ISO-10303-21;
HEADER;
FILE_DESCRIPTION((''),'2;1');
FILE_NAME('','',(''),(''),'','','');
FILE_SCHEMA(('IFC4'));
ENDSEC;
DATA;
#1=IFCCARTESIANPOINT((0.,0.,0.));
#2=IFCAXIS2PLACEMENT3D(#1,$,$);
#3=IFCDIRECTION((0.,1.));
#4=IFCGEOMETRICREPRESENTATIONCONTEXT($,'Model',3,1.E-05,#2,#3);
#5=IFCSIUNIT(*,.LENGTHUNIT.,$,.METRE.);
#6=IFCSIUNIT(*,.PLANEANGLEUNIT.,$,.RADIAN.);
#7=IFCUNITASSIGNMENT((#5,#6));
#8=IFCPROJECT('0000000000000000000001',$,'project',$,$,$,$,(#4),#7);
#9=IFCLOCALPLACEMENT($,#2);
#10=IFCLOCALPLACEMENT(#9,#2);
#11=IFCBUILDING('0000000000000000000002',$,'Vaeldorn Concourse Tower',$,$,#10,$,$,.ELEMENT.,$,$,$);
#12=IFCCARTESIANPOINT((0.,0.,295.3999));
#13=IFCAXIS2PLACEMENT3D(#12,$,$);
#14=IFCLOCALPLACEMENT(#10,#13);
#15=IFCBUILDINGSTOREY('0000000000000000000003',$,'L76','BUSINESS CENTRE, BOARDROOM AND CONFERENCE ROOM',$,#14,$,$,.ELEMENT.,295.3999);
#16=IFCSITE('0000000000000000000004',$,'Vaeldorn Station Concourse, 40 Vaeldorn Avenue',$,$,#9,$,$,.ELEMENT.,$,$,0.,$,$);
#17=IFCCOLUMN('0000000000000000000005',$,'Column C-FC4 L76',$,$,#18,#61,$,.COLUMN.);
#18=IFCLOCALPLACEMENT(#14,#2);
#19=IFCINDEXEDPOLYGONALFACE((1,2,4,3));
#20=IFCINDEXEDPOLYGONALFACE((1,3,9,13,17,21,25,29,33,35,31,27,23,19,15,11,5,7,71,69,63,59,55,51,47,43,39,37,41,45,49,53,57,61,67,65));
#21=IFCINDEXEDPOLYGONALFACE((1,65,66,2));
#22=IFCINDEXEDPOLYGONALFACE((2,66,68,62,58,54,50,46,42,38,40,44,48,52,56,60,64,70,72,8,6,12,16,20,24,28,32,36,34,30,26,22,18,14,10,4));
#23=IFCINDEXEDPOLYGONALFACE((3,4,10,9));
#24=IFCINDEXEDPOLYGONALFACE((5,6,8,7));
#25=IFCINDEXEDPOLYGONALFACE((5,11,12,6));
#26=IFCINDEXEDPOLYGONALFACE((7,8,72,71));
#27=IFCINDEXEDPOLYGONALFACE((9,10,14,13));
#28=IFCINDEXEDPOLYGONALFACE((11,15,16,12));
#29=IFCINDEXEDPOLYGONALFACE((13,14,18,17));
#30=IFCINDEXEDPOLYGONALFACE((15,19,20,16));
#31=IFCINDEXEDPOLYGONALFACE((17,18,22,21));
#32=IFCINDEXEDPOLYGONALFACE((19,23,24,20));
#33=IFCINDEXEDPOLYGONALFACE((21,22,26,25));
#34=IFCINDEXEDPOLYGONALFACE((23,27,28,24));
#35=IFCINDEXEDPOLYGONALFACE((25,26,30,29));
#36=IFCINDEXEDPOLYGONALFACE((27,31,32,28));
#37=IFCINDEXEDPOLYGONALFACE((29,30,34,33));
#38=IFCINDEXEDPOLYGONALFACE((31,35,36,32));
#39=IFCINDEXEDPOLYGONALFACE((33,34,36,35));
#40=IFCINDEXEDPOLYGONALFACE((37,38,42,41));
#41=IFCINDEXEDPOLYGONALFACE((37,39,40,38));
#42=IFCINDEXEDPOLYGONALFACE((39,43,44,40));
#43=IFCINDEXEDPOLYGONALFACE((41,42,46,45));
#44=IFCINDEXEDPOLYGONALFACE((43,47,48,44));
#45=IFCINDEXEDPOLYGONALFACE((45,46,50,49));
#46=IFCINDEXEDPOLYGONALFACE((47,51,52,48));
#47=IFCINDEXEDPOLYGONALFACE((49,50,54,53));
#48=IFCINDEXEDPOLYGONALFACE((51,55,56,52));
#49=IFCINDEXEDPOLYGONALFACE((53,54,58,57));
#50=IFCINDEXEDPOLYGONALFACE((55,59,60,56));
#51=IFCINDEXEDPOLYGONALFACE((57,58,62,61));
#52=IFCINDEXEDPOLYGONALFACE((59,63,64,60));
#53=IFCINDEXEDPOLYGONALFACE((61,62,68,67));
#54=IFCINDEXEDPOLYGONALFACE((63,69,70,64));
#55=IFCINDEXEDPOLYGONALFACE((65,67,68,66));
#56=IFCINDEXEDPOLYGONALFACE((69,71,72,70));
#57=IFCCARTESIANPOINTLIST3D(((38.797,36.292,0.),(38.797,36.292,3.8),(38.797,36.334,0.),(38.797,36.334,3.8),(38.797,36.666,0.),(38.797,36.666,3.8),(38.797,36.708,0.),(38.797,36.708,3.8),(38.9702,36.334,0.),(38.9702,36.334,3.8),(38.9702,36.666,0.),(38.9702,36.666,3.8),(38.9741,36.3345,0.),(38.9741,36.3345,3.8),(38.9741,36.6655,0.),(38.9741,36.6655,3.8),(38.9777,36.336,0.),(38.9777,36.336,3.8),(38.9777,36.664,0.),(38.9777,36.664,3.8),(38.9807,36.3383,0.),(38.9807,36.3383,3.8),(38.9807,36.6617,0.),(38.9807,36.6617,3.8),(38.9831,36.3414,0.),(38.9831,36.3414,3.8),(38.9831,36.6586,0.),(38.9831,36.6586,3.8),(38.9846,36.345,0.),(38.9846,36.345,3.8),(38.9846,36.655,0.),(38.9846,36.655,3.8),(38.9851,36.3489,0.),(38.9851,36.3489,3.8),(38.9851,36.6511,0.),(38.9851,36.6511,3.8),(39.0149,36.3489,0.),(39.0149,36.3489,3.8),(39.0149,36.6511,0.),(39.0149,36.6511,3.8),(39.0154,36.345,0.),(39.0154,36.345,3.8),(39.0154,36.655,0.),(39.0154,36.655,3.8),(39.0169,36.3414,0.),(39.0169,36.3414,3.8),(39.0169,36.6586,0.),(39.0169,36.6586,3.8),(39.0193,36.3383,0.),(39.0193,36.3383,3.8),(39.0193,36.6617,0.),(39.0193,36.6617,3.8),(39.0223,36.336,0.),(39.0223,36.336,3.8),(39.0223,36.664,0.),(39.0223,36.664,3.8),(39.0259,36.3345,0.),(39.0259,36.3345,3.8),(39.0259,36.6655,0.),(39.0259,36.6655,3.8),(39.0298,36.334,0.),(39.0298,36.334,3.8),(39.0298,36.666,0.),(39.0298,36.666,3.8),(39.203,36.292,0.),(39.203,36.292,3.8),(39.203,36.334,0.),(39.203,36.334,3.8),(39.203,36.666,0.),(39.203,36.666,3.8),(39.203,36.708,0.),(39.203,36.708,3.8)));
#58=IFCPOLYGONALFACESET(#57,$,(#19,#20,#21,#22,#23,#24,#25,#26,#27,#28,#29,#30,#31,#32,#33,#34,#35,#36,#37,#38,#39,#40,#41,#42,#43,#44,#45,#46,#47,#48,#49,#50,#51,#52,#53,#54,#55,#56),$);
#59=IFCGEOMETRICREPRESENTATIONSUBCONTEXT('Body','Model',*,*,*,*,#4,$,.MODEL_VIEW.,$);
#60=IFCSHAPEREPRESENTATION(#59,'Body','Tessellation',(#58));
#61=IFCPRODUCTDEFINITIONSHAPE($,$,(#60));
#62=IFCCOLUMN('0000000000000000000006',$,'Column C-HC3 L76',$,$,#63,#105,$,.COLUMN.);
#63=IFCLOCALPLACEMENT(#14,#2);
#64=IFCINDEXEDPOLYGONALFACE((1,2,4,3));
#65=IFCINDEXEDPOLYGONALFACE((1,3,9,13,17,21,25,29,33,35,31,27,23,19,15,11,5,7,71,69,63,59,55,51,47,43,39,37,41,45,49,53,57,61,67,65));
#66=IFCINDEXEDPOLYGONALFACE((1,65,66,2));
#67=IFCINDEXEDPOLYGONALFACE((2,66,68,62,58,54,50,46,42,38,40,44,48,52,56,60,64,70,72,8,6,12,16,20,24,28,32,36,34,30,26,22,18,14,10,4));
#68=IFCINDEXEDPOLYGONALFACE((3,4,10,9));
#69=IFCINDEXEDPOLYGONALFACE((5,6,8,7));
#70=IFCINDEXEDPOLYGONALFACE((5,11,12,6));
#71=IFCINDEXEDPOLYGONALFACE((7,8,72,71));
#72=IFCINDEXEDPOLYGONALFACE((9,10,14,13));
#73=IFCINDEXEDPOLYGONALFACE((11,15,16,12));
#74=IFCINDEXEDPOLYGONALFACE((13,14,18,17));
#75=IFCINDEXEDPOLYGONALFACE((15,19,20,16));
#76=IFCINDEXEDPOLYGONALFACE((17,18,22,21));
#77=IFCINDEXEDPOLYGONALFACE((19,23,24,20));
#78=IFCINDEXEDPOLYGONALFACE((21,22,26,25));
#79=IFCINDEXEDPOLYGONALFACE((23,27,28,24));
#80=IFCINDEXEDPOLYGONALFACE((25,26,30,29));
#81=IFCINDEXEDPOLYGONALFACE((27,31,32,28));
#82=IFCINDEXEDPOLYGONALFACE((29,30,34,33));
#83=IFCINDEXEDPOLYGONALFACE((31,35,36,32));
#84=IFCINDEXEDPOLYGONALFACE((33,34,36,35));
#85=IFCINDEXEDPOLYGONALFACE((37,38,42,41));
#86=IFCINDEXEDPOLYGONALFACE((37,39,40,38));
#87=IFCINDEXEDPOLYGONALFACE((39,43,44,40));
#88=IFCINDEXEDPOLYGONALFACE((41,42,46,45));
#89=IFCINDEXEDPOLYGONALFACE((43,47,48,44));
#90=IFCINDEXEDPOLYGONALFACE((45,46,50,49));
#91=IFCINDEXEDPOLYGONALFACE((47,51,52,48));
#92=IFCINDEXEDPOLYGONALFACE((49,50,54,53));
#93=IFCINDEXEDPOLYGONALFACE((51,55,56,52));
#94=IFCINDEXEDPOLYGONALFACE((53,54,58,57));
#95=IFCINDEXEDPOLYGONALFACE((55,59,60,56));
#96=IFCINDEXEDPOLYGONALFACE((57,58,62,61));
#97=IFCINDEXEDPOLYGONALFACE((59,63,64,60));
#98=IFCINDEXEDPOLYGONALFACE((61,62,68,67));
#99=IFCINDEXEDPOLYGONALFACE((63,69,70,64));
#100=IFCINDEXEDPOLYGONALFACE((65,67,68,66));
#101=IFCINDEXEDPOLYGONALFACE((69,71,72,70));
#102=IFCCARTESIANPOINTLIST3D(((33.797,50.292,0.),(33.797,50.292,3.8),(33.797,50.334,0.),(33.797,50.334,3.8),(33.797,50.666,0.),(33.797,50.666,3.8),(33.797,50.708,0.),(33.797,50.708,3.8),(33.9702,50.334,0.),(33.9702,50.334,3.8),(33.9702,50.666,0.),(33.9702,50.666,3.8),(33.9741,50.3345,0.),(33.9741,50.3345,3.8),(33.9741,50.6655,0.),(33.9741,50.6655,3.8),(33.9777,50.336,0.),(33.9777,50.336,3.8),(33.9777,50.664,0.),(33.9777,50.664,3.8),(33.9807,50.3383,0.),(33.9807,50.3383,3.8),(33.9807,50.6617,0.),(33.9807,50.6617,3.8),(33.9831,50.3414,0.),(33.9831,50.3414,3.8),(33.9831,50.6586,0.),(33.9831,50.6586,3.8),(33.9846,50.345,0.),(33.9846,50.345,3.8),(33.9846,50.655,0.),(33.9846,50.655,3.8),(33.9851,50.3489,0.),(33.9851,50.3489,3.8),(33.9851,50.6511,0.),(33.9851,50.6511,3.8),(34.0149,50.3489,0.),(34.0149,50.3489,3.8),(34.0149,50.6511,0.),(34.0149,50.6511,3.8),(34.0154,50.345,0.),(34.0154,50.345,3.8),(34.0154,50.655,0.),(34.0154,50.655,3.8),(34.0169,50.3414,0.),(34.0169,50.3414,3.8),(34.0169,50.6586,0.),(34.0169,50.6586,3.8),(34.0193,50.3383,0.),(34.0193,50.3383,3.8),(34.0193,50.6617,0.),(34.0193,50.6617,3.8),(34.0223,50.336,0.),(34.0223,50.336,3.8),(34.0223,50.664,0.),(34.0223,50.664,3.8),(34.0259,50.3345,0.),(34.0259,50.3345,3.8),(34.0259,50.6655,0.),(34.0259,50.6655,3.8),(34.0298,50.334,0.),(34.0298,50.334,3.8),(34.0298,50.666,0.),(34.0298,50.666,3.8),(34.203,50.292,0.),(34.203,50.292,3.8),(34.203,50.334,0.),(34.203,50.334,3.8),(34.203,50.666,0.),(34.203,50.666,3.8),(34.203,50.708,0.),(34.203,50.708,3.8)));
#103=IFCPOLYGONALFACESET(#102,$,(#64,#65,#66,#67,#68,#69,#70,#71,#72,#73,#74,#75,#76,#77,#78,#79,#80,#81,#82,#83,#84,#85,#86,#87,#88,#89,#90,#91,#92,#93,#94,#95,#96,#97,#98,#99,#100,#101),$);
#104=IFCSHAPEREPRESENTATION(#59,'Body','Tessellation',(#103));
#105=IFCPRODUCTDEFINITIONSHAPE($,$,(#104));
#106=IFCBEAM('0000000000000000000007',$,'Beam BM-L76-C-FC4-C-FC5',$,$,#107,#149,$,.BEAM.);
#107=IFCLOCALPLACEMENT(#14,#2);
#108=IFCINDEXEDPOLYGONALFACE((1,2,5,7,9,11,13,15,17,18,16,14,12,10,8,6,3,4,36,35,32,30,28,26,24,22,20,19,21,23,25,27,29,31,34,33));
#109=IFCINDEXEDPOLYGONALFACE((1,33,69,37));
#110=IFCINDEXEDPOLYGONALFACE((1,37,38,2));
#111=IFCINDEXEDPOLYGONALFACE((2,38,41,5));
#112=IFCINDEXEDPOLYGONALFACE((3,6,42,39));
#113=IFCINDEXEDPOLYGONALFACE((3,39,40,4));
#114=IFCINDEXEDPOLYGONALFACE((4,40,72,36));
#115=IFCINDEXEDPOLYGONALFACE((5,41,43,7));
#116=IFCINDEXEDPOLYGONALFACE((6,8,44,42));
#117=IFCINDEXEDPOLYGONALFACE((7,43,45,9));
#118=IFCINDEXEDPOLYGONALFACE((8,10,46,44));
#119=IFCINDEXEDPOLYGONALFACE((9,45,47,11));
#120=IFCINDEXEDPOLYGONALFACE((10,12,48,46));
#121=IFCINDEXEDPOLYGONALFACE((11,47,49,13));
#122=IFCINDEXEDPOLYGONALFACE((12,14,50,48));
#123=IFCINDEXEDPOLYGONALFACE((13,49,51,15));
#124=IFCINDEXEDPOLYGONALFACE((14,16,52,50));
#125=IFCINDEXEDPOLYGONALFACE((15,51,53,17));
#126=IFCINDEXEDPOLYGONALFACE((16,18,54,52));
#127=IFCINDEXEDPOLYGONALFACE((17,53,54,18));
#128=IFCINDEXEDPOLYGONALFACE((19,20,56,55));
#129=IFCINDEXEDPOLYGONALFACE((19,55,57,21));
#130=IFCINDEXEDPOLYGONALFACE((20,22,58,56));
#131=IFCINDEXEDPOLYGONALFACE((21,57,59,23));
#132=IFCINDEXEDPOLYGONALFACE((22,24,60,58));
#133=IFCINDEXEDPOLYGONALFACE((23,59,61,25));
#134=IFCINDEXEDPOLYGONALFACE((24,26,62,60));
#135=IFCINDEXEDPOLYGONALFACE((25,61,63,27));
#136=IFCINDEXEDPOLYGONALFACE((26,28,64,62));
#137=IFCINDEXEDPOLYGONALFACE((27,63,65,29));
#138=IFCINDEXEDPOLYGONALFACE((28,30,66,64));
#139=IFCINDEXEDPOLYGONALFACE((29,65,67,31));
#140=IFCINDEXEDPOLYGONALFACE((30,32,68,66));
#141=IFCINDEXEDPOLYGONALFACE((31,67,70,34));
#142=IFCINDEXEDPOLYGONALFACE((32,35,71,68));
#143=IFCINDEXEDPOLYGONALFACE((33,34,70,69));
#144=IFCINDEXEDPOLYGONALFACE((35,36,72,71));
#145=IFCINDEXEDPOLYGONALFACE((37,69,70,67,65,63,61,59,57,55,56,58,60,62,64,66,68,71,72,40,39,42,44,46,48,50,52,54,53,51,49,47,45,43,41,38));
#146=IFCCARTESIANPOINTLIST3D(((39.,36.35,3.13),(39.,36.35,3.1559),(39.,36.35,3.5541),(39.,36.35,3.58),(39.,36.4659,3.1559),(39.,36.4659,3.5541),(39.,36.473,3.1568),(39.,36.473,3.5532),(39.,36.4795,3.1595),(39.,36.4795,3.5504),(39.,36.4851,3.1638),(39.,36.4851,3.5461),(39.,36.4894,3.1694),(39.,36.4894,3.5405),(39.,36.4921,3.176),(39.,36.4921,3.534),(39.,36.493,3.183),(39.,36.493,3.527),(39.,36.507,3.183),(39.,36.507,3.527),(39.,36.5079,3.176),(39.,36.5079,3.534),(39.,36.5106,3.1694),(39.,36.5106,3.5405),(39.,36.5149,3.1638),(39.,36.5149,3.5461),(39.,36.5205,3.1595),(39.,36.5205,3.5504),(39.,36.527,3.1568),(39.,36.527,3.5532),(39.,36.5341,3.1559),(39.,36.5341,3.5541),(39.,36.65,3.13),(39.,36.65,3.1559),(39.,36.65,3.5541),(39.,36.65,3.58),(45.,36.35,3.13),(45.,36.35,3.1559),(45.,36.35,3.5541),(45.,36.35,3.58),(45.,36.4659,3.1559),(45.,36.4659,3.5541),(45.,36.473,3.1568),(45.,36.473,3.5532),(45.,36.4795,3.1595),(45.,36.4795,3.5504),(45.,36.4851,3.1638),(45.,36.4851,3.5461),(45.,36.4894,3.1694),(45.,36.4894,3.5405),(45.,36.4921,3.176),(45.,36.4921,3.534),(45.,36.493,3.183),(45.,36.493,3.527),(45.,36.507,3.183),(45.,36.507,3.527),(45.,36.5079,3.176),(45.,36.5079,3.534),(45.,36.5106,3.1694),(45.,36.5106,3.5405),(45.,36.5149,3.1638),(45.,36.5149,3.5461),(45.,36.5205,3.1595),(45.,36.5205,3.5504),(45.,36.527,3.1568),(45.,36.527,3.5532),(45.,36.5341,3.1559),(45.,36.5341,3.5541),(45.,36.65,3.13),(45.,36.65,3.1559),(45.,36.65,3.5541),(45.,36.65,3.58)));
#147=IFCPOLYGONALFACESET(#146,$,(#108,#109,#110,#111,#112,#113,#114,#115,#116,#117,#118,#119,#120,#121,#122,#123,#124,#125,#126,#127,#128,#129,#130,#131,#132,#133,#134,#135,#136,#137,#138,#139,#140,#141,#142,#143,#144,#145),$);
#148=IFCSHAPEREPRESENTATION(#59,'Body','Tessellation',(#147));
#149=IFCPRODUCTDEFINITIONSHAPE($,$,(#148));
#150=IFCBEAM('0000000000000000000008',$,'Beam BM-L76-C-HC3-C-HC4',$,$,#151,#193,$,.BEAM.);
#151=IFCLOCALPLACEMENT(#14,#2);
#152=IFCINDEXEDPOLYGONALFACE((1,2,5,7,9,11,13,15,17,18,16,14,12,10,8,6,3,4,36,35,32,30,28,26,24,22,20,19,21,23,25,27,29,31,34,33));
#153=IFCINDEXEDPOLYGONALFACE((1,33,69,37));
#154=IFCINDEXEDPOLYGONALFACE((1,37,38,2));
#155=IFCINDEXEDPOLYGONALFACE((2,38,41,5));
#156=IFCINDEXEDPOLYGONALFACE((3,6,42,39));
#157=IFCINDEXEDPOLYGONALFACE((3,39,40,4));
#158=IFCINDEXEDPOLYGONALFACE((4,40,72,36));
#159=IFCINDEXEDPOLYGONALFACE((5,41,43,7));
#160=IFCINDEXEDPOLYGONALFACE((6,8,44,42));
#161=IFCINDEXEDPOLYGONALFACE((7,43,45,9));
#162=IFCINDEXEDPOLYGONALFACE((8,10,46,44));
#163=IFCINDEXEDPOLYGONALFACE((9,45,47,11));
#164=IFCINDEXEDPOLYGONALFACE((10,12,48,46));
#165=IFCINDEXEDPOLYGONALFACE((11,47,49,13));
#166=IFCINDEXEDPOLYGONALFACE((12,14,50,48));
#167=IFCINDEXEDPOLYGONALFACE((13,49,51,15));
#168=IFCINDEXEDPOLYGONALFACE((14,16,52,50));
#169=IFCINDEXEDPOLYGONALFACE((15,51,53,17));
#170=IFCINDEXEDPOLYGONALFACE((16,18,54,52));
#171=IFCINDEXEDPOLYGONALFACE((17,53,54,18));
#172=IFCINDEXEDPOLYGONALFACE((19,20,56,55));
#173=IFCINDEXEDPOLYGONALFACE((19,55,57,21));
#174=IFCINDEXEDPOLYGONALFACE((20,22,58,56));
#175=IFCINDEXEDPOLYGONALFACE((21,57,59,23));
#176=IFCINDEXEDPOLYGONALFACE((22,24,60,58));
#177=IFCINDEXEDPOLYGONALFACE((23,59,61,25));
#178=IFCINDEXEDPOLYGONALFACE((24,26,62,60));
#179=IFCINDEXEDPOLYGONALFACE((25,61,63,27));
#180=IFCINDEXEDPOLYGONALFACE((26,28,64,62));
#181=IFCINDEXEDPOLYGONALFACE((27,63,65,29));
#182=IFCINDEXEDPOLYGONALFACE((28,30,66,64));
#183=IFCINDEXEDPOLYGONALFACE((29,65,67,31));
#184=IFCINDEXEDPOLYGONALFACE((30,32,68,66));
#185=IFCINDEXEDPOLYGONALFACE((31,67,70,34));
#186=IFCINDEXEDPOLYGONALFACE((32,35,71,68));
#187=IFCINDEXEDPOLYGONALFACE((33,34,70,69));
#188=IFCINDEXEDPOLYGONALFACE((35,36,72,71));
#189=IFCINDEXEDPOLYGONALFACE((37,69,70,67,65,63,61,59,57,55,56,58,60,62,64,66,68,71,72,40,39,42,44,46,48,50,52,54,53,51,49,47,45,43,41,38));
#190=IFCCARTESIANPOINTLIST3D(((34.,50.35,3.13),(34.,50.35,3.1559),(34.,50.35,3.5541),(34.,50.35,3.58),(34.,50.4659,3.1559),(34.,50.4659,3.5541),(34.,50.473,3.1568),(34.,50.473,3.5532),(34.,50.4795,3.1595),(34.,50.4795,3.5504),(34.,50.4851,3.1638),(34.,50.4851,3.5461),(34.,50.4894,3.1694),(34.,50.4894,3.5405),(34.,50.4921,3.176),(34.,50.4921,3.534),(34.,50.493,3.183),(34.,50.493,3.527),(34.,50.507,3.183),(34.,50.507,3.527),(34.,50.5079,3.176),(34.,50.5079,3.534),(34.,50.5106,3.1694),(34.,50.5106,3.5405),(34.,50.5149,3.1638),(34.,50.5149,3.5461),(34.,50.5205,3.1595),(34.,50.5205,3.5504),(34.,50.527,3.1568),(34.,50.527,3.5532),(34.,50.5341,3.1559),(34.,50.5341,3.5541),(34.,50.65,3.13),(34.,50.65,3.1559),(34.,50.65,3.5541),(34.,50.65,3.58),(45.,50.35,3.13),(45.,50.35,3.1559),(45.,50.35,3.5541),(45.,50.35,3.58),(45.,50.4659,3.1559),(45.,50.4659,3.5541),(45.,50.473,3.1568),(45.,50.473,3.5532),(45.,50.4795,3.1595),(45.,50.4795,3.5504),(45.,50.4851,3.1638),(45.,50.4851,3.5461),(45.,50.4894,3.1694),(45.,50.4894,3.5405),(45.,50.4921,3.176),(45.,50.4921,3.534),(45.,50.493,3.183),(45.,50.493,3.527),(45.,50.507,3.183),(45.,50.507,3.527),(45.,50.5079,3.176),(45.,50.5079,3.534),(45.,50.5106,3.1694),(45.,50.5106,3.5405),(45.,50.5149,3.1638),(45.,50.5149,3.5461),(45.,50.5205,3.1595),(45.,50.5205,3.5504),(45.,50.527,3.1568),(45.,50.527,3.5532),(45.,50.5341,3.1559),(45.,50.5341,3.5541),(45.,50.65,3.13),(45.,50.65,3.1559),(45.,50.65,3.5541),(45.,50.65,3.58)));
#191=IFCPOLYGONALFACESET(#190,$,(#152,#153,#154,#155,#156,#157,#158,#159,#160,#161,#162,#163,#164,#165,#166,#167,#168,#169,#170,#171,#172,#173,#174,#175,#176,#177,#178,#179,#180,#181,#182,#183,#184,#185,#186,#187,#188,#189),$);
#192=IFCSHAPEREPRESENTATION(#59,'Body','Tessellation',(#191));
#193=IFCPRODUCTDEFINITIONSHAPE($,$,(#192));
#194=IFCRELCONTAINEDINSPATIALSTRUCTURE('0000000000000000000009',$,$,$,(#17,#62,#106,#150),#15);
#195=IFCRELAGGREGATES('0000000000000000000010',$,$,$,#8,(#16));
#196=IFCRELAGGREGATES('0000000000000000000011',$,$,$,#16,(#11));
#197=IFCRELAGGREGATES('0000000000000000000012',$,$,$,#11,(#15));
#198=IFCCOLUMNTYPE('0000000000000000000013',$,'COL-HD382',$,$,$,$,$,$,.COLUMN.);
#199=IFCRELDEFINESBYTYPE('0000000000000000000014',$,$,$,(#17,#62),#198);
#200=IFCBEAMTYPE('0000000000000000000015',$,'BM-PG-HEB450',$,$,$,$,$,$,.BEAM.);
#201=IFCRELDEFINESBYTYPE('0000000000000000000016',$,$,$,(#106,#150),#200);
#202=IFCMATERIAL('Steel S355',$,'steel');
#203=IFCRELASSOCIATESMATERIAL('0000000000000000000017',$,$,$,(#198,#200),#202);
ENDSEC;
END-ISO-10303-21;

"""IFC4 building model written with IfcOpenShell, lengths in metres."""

from ifc_helpers import new_model, si_unit, direction, frame, origin, origin_2d, place, context, subcontext, project, spatial, i_section, extrude, source, transform, mapped, material, material_profile, profile_set, type_object, element, save


model = new_model("IFC4")

# Units and contexts
model_context = context("Model", 3, precision=1e-05, world=origin(), true_north=direction((0.0, 1.0)))
body_context = subcontext(model_context, "Body", "Model", "MODEL_VIEW")
ifc_project = project(units=[si_unit("LENGTHUNIT", "METRE"), si_unit("PLANEANGLEUNIT", "RADIAN")], contexts=[model_context])

# Site, building, storey
site_placement = place(None, origin())
site = spatial("IfcSite", under=ifc_project, at=site_placement, Name="Vaeldorn Station Concourse, 40 Vaeldorn Avenue", CompositionType="ELEMENT", RefElevation=0.0)
building_placement = place(site_placement, origin())
building = spatial("IfcBuilding", under=site, at=building_placement, Name="Vaeldorn Concourse Tower", CompositionType="ELEMENT")
storey_placement = place(building_placement, frame((0.0, 0.0, 295.3999)))
storey = spatial("IfcBuildingStorey", under=building, at=storey_placement, Name="L76", Description="BUSINESS CENTRE, BOARDROOM AND CONFERENCE ROOM", CompositionType="ELEMENT", Elevation=295.3999)

# Columns
ifc_material_1 = material(Name="Steel S355", Category="steel")
ifc_material_profile_1 = material_profile(ifc_material_1, i_section(OverallWidth=0.406, OverallDepth=0.416, WebThickness=0.0298, FlangeThickness=0.042, FilletRadius=0.0149, at=origin_2d()), Name="HD 400x382")
ifc_profile_set_1 = profile_set([ifc_material_profile_1], Name="Steel S355")
column_type = type_object("IfcColumnType", Name="COL-HD382", PredefinedType="COLUMN", material=ifc_profile_set_1)
shared_shape_1 = source(origin(), body_context, "Body", "SweptSolid", [
    extrude(i_section(OverallWidth=0.406, OverallDepth=0.416, WebThickness=0.0298, FlangeThickness=0.042, FilletRadius=0.0149, at=origin_2d()), origin(), (0.0, 0.0, 1.0), 3.8),
])
for number, where, z_axis, x_axis, name in (
    (1, (39.0, 36.5, 0.0), (0.0, 0.0, 1.0), (1.0, 0.0, 0.0), "Column C-FC4 L76"),
    (2, (34.0, 50.5, 0.0), (0.0, 0.0, 1.0), (1.0, 0.0, 0.0), "Column C-HC3 L76"),
):
    element("IfcColumn", number, at=place(storey_placement, frame(where, z_axis=z_axis, x_axis=x_axis)), inside=storey, type_object=column_type, Name=name, PredefinedType="COLUMN", context=body_context, shape_type="MappedRepresentation", body=[
        mapped(shared_shape_1, transform((0.0, 0.0, 0.0), scale=1.0)),
    ])

# Beams
ifc_material_profile_2 = material_profile(ifc_material_1, i_section(OverallWidth=0.3, OverallDepth=0.45, WebThickness=0.0139, FlangeThickness=0.0259, FilletRadius=0.0271, at=origin_2d()), Name="HEB 450")
ifc_profile_set_2 = profile_set([ifc_material_profile_2], Name="Steel S355")
beam_type = type_object("IfcBeamType", Name="BM-PG-HEB450", PredefinedType="BEAM", material=ifc_profile_set_2)
shared_shape_2 = source(origin(), body_context, "Body", "SweptSolid", [
    extrude(i_section(OverallWidth=0.3, OverallDepth=0.45, WebThickness=0.0139, FlangeThickness=0.0259, FilletRadius=0.0271, at=origin_2d()), origin(), (0.0, 0.0, 1.0), 6.0),
])
beam_1_placement = place(storey_placement, frame((39.0, 36.5, 3.355), z_axis=(1.0, 0.0, 0.0), x_axis=(0.0, 1.0, 0.0)))
element("IfcBeam", 3, at=beam_1_placement, inside=storey, type_object=beam_type, Name="Beam BM-L76-C-FC4-C-FC5", PredefinedType="BEAM", context=body_context, shape_type="MappedRepresentation", body=[
    mapped(shared_shape_2, transform((0.0, 0.0, 0.0), scale=1.0)),
])
shared_shape_3 = source(origin(), body_context, "Body", "SweptSolid", [
    extrude(i_section(OverallWidth=0.3, OverallDepth=0.45, WebThickness=0.0139, FlangeThickness=0.0259, FilletRadius=0.0271, at=origin_2d()), origin(), (0.0, 0.0, 1.0), 11.0),
])
beam_2_placement = place(storey_placement, frame((34.0, 50.5, 3.355), z_axis=(1.0, 0.0, 0.0), x_axis=(0.0, 1.0, 0.0)))
element("IfcBeam", 4, at=beam_2_placement, inside=storey, type_object=beam_type, Name="Beam BM-L76-C-HC3-C-HC4", PredefinedType="BEAM", context=body_context, shape_type="MappedRepresentation", body=[
    mapped(shared_shape_3, transform((0.0, 0.0, 0.0), scale=1.0)),
])

save(model, "model.ifc")
